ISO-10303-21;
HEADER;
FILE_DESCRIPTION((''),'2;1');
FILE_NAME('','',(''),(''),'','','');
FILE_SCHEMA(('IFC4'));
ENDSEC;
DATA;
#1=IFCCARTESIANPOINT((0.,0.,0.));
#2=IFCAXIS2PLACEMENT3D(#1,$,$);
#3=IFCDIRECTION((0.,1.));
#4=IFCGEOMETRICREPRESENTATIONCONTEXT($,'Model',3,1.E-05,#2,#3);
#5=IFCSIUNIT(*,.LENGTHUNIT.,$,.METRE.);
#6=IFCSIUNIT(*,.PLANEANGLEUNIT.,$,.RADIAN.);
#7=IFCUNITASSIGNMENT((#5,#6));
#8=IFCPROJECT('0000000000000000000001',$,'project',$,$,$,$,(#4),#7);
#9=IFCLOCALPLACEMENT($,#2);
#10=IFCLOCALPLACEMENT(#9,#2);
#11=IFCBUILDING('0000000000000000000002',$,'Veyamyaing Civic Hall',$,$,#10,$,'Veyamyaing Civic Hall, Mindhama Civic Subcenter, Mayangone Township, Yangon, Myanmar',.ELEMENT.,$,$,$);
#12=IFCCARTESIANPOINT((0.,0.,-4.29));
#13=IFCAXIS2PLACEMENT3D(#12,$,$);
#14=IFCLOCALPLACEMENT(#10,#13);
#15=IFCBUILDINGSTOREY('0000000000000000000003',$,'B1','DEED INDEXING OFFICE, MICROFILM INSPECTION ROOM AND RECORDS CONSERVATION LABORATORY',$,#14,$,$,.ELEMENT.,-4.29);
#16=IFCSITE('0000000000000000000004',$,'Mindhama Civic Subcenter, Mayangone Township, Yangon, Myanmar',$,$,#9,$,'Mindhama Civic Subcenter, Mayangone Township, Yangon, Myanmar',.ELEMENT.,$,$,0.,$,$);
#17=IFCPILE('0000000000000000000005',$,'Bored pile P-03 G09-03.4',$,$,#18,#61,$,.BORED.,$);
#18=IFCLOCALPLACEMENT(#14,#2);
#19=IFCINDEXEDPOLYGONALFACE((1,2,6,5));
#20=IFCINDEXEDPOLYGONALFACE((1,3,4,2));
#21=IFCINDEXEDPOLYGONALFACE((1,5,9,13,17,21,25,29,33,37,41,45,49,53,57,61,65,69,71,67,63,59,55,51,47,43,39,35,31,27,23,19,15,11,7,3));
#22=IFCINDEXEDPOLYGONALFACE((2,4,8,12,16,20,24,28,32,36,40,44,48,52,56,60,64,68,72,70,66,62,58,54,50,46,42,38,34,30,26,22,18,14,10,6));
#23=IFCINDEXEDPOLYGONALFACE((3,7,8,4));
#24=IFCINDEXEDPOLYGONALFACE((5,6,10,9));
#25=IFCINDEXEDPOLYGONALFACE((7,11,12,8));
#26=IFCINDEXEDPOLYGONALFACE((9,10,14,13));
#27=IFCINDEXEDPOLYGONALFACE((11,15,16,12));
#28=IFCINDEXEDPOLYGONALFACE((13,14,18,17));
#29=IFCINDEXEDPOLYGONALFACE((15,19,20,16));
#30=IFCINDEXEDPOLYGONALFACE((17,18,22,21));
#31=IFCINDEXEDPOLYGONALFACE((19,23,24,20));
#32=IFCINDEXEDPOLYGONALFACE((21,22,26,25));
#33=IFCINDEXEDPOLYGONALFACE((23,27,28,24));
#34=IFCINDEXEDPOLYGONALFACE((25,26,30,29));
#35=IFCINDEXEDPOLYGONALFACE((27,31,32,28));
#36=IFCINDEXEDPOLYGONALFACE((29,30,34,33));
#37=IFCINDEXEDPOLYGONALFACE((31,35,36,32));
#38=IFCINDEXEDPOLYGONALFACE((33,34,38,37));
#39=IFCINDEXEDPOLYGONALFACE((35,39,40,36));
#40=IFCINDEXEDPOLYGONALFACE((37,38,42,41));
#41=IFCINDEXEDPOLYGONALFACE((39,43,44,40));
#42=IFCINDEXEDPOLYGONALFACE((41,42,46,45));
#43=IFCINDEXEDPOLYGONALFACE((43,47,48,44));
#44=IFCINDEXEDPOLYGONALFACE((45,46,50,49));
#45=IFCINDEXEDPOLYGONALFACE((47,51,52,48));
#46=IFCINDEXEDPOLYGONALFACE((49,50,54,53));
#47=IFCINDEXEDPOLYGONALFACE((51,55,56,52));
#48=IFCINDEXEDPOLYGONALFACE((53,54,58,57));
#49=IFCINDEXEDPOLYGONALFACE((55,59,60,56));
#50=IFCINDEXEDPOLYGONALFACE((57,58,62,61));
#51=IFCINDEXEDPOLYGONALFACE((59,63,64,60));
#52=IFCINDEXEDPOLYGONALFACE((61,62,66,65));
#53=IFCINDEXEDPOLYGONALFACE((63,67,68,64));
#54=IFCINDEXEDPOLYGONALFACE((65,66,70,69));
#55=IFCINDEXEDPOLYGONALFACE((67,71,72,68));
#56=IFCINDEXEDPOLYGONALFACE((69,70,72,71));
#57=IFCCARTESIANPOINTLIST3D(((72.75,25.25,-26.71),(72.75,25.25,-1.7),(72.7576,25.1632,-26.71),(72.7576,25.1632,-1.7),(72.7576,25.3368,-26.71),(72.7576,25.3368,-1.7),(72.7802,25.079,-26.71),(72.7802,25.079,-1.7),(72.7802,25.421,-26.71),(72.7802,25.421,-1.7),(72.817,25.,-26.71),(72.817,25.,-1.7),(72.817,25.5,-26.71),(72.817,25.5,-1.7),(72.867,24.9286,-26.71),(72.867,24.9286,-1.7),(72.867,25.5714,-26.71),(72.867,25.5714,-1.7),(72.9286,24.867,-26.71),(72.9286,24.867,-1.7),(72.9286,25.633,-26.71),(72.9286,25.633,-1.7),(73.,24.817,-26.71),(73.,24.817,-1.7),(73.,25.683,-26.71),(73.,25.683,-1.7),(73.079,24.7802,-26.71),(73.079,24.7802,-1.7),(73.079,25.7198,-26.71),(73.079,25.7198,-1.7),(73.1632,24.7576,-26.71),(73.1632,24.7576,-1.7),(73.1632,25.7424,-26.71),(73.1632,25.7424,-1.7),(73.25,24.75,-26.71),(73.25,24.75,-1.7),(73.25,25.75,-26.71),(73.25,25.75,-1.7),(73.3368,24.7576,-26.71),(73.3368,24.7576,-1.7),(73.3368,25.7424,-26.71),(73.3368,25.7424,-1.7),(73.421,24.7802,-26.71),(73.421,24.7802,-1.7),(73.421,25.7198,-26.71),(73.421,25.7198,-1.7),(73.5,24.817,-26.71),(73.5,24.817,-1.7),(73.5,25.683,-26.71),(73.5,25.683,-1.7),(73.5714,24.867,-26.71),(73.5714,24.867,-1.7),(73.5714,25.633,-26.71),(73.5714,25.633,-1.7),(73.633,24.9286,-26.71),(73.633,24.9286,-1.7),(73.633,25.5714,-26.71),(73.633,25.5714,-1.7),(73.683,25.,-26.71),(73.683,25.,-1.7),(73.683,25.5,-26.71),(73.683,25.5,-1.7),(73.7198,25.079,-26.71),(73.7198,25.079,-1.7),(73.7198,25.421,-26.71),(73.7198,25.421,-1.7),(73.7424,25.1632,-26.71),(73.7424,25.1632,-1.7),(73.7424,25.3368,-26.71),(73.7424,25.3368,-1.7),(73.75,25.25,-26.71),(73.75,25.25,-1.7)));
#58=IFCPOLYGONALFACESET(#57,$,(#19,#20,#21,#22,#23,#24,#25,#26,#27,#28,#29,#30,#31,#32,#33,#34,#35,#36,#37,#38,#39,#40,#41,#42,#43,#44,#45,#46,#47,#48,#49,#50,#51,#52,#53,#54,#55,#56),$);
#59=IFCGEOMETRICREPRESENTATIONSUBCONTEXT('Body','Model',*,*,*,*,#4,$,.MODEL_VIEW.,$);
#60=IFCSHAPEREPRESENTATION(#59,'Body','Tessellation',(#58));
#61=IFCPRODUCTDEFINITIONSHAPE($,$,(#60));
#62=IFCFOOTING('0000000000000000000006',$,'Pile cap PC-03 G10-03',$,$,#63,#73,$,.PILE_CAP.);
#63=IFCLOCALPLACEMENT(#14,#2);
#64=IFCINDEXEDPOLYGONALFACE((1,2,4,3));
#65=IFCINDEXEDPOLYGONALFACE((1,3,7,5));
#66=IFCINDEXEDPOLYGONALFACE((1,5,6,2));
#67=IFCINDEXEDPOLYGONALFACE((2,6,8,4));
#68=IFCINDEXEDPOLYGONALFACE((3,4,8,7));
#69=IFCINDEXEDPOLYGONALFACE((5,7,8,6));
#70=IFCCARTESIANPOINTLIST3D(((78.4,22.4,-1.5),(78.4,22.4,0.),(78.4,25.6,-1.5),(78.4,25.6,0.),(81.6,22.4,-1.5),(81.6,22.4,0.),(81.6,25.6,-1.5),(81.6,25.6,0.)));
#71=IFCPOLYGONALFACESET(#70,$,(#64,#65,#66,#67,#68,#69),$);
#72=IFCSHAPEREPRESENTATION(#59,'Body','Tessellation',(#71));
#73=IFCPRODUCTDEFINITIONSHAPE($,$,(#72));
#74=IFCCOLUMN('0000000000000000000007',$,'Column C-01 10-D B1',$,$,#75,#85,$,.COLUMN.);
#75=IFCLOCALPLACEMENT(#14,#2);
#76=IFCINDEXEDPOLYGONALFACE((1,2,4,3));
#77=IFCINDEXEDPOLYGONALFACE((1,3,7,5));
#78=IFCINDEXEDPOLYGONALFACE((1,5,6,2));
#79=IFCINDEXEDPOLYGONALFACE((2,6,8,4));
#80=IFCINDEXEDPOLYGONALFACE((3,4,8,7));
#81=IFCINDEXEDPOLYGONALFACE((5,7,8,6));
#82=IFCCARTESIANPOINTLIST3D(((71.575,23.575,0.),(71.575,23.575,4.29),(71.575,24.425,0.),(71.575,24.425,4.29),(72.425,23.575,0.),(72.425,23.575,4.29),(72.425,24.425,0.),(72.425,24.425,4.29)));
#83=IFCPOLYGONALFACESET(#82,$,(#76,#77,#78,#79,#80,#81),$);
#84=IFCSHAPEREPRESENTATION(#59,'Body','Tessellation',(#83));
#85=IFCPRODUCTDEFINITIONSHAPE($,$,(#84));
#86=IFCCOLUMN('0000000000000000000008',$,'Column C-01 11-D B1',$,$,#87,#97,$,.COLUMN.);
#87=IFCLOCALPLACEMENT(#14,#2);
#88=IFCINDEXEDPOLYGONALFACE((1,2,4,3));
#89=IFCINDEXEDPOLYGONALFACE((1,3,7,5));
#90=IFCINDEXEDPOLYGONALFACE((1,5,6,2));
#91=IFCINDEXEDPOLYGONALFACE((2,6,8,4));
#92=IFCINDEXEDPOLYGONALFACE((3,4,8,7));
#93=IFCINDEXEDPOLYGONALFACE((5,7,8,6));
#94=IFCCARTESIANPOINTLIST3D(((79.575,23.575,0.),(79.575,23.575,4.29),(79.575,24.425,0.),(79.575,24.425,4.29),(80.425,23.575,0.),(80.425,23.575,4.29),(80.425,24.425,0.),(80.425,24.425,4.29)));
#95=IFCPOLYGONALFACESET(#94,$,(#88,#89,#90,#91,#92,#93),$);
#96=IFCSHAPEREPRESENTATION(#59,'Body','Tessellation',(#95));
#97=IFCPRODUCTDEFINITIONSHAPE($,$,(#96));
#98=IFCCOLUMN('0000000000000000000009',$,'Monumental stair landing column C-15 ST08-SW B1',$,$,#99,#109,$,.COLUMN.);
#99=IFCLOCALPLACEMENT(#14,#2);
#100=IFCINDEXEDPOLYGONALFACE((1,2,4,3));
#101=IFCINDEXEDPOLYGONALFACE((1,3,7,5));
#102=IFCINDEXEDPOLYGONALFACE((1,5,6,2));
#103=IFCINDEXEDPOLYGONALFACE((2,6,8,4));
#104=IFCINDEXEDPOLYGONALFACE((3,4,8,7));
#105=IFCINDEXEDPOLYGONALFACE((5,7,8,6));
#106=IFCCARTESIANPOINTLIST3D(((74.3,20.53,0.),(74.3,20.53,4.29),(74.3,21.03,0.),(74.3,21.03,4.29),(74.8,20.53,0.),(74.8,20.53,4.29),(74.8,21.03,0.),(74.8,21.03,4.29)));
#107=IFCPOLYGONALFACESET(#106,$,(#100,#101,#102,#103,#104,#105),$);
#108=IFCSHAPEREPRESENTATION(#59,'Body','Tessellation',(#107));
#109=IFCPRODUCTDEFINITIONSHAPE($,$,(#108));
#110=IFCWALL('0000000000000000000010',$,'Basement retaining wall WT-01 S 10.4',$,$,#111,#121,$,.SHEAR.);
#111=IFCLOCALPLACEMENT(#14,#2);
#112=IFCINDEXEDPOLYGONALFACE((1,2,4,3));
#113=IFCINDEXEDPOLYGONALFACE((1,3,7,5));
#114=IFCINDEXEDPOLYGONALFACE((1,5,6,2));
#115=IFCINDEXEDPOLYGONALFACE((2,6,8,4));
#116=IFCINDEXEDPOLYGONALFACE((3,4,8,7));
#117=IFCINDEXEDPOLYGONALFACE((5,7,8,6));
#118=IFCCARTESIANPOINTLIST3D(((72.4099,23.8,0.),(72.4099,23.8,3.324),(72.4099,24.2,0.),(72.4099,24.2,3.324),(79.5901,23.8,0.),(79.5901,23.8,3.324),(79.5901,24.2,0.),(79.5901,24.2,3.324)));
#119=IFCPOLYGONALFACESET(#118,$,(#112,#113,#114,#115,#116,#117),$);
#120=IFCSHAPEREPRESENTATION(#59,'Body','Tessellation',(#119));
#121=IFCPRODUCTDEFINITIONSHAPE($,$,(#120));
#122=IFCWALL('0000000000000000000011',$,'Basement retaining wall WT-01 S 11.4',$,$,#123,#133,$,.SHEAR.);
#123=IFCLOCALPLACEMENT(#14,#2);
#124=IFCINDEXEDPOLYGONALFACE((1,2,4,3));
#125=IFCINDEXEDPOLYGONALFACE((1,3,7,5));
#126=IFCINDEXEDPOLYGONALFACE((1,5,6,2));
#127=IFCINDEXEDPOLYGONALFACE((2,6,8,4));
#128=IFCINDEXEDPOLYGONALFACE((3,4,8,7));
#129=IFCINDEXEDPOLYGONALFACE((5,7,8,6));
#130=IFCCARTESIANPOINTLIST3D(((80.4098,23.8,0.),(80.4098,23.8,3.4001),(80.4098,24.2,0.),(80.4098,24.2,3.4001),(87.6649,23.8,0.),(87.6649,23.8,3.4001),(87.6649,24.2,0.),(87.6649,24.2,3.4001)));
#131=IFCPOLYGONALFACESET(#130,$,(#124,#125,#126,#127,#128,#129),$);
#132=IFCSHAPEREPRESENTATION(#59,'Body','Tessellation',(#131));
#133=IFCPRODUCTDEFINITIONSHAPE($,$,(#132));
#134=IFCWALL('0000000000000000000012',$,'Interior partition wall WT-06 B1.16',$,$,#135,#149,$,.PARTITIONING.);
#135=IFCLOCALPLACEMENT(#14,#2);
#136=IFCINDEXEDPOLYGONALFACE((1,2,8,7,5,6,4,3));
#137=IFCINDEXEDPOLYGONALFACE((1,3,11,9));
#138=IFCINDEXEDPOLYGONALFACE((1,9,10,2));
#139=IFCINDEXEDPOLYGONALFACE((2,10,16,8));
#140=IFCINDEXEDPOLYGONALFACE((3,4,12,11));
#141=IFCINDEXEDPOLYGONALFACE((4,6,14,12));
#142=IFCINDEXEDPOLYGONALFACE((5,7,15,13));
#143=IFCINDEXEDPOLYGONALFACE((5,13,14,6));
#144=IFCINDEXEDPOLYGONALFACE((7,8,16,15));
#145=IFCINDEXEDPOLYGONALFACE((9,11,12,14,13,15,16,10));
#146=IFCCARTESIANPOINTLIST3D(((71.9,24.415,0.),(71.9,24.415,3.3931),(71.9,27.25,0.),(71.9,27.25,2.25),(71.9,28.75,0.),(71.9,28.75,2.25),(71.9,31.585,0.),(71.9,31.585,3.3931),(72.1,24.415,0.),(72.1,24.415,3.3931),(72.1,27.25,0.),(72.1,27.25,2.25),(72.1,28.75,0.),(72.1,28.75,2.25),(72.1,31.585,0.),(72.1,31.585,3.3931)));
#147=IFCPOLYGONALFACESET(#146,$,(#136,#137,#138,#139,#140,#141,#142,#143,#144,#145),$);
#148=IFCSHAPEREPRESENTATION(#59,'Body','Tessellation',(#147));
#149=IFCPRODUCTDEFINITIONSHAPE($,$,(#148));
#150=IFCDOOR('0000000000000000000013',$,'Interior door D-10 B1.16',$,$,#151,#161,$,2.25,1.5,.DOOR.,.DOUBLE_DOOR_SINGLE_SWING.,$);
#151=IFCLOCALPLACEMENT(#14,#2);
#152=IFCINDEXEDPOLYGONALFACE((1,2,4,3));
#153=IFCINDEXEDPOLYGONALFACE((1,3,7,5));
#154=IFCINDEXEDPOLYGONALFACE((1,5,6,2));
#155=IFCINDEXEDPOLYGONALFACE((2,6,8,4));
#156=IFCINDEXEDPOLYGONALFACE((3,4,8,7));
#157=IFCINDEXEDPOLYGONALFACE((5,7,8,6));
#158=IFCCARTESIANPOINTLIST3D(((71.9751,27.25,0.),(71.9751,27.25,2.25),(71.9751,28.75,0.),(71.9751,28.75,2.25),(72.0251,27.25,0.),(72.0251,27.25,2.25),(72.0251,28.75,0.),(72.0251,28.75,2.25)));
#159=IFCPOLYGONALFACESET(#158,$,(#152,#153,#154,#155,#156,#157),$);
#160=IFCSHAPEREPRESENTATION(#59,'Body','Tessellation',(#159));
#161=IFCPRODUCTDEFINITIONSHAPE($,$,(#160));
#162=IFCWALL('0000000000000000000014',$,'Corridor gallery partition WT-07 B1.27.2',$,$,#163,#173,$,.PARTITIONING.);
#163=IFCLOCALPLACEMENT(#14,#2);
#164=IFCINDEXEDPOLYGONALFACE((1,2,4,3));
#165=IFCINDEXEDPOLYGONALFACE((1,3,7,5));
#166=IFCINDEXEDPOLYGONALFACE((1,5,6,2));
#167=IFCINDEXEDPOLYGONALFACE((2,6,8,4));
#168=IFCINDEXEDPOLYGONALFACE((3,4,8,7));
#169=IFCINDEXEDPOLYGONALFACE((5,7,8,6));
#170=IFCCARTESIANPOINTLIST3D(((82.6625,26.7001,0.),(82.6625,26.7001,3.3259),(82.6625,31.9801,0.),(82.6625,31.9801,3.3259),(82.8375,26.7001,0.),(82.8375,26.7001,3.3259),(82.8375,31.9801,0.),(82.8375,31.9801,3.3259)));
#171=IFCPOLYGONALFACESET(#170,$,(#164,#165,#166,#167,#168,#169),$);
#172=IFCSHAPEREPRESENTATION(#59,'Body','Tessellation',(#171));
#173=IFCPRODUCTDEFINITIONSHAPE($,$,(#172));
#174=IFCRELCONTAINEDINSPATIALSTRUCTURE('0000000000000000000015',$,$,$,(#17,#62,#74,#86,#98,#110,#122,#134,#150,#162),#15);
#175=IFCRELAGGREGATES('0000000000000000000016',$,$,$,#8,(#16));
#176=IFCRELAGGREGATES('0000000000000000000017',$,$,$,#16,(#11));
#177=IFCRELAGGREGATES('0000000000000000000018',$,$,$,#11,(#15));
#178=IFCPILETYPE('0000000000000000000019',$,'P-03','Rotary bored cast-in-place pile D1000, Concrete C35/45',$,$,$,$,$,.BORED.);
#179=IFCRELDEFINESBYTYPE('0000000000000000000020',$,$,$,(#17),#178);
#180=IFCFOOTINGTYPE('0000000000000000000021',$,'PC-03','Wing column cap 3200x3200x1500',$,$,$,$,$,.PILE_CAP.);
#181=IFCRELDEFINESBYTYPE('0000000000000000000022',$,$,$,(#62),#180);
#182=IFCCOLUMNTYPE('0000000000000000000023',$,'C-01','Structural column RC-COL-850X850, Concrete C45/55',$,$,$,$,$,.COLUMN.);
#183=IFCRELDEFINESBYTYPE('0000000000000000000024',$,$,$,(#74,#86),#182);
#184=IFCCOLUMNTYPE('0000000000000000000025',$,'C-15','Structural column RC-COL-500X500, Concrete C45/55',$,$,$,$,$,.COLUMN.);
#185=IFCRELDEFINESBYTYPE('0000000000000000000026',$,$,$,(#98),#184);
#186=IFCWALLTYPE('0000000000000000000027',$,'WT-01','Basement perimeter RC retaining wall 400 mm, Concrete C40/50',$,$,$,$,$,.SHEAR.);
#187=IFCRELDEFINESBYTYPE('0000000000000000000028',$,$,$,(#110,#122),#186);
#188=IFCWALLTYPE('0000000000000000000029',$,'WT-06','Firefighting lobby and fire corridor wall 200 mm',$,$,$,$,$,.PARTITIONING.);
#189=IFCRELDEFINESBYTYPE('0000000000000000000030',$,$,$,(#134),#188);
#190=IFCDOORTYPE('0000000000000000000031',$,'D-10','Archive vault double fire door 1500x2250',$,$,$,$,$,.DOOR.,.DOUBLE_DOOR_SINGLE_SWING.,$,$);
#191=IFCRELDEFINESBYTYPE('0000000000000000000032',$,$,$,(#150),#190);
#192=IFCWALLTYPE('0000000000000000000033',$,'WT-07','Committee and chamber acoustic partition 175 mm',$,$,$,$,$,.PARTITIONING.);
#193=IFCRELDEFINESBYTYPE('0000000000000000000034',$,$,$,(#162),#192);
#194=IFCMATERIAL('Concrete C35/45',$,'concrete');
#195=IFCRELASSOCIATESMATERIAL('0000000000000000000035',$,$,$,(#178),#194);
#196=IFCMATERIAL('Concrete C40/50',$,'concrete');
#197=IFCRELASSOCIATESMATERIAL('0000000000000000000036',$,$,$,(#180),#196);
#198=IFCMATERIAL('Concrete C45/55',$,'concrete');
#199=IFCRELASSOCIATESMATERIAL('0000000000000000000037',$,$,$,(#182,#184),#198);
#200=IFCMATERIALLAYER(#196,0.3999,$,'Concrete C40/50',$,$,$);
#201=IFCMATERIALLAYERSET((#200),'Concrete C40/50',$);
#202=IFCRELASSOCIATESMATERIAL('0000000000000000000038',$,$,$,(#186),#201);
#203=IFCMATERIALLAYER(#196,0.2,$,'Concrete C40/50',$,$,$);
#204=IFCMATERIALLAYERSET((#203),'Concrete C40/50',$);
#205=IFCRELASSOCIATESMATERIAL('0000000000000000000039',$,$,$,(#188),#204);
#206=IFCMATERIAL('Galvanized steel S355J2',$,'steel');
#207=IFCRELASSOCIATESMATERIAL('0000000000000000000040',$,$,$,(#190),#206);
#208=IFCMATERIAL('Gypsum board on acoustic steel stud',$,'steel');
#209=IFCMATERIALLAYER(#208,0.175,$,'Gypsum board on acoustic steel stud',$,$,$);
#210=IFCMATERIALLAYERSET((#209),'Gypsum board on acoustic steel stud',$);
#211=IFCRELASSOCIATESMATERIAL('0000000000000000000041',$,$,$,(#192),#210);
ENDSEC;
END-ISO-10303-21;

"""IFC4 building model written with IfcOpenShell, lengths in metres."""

from ifc_helpers import new_model, si_unit, direction, frame, frame_2d, origin, origin_2d, place, context, subcontext, project, spatial, rectangle, circle, extrude, material, layer, layer_set, material_profile, profile_set, type_object, element, fill, save


model = new_model("IFC4")

# Units and contexts
model_context = context("Model", 3, precision=1e-05, world=origin(), true_north=direction((0.0, 1.0)))
body_context = subcontext(model_context, "Body", "Model", "MODEL_VIEW")
ifc_project = project(units=[si_unit("LENGTHUNIT", "METRE"), si_unit("PLANEANGLEUNIT", "RADIAN")], contexts=[model_context])

# Site, building, storey
site_placement = place(None, origin())
site = spatial("IfcSite", under=ifc_project, at=site_placement, Name="Mindhama Civic Subcenter, Mayangone Township, Yangon, Myanmar", LongName="Mindhama Civic Subcenter, Mayangone Township, Yangon, Myanmar", CompositionType="ELEMENT", RefElevation=0.0)
building_placement = place(site_placement, origin())
building = spatial("IfcBuilding", under=site, at=building_placement, Name="Veyamyaing Civic Hall", LongName="Veyamyaing Civic Hall, Mindhama Civic Subcenter, Mayangone Township, Yangon, Myanmar", CompositionType="ELEMENT")
storey_placement = place(building_placement, frame((0.0, 0.0, -4.29)))
storey = spatial("IfcBuildingStorey", under=building, at=storey_placement, Name="B1", Description="DEED INDEXING OFFICE, MICROFILM INSPECTION ROOM AND RECORDS CONSERVATION LABORATORY", CompositionType="ELEMENT", Elevation=-4.29)

# Shared definitions
ifc_material_1 = material(Name="Concrete C40/50", Category="concrete")

# Pile
ifc_material_2 = material(Name="Concrete C35/45", Category="concrete")
ifc_material_profile_1 = material_profile(ifc_material_2, circle(Radius=0.5, at=origin_2d()), Name="PILE-D1000")
ifc_profile_set_1 = profile_set([ifc_material_profile_1], Name="Concrete C35/45")
pile_type_1 = type_object("IfcPileType", Name="P-03", Description="Rotary bored cast-in-place pile D1000, Concrete C35/45", PredefinedType="BORED", material=ifc_profile_set_1)
for number, where, z_axis, x_axis, name in (
    (1, (73.25, 25.25, -1.7), (0.0, 0.0, -1.0), (1.0, 0.0, 0.0), "Bored pile P-03 G09-03.4"),
):
    element("IfcPile", number, at=place(storey_placement, frame(where, z_axis=z_axis, x_axis=x_axis)), inside=storey, type_object=pile_type_1, Name=name, PredefinedType="BORED", context=body_context, shape_type="SweptSolid", body=[
        extrude(circle(Radius=0.5, at=origin_2d()), origin(), (0.0, 0.0, 1.0), 25.01),
    ])

# Footing
footing_type_1 = type_object("IfcFootingType", Name="PC-03", Description="Wing column cap 3200x3200x1500", PredefinedType="PILE_CAP", material=ifc_material_1)
footing_1_placement = place(storey_placement, frame((80.0, 24.0, -1.5), z_axis=(0.0, 0.0, 1.0), x_axis=(1.0, 0.0, 0.0)))
element("IfcFooting", 2, at=footing_1_placement, inside=storey, type_object=footing_type_1, Name="Pile cap PC-03 G10-03", PredefinedType="PILE_CAP", context=body_context, shape_type="SweptSolid", body=[
    extrude(rectangle(XDim=3.2, YDim=3.2, at=origin_2d()), origin(), (0.0, 0.0, 1.0), 1.5),
])

# Columns
ifc_material_3 = material(Name="Concrete C45/55", Category="concrete")
ifc_material_profile_2 = material_profile(ifc_material_3, rectangle(XDim=0.8501, YDim=0.8501, at=origin_2d()), Name="RC-COL-850X850")
ifc_profile_set_2 = profile_set([ifc_material_profile_2], Name="Concrete C45/55")
column_type_1 = type_object("IfcColumnType", Name="C-01", Description="Structural column RC-COL-850X850, Concrete C45/55", PredefinedType="COLUMN", material=ifc_profile_set_2)
for number, where, z_axis, x_axis, name in (
    (3, (72.0, 24.0, 0.0), (0.0, 0.0, 1.0), (1.0, 0.0, 0.0), "Column C-01 10-D B1"),
    (4, (80.0, 24.0, 0.0), (0.0, 0.0, 1.0), (1.0, 0.0, 0.0), "Column C-01 11-D B1"),
):
    element("IfcColumn", number, at=place(storey_placement, frame(where, z_axis=z_axis, x_axis=x_axis)), inside=storey, type_object=column_type_1, Name=name, PredefinedType="COLUMN", context=body_context, shape_type="SweptSolid", body=[
        extrude(rectangle(XDim=0.8501, YDim=0.8501, at=origin_2d()), origin(), (0.0, 0.0, 1.0), 4.29),
    ])
ifc_material_profile_3 = material_profile(ifc_material_3, rectangle(XDim=0.5, YDim=0.5, at=origin_2d()), Name="RC-COL-500X500")
ifc_profile_set_3 = profile_set([ifc_material_profile_3], Name="Concrete C45/55")
column_type_2 = type_object("IfcColumnType", Name="C-15", Description="Structural column RC-COL-500X500, Concrete C45/55", PredefinedType="COLUMN", material=ifc_profile_set_3)
column_placement = place(storey_placement, frame((74.55, 20.78, 0.0), z_axis=(0.0, 0.0, 1.0), x_axis=(1.0, 0.0, 0.0)))
element("IfcColumn", 5, at=column_placement, inside=storey, type_object=column_type_2, Name="Monumental stair landing column C-15 ST08-SW B1", PredefinedType="COLUMN", context=body_context, shape_type="SweptSolid", body=[
    extrude(rectangle(XDim=0.5, YDim=0.5, at=origin_2d()), origin(), (0.0, 0.0, 1.0), 4.29),
])

# Walls
ifc_layer_1 = layer(ifc_material_1, 0.3999, Name="Concrete C40/50")
ifc_layer_set_1 = layer_set([ifc_layer_1], Name="Concrete C40/50")
wall_type_1 = type_object("IfcWallType", Name="WT-01", Description="Basement perimeter RC retaining wall 400 mm, Concrete C40/50", PredefinedType="SHEAR", material=ifc_layer_set_1)
wall_1_placement = place(storey_placement, frame((72.4099, 24.0, 0.0), z_axis=(0.0, 0.0, 1.0), x_axis=(1.0, 0.0, 0.0)))
element("IfcWall", 6, at=wall_1_placement, inside=storey, type_object=wall_type_1, Name="Basement retaining wall WT-01 S 10.4", PredefinedType="SHEAR", context=body_context, shape_type="SweptSolid", body=[
    extrude(rectangle(XDim=7.1802, YDim=0.3999, at=frame_2d((3.5901, 0.0))), origin(), (0.0, 0.0, 1.0), 3.324),
])
wall_2_placement = place(storey_placement, frame((80.4099, 24.0, 0.0), z_axis=(0.0, 0.0, 1.0), x_axis=(1.0, 0.0, 0.0)))
element("IfcWall", 7, at=wall_2_placement, inside=storey, type_object=wall_type_1, Name="Basement retaining wall WT-01 S 11.4", PredefinedType="SHEAR", context=body_context, shape_type="SweptSolid", body=[
    extrude(rectangle(XDim=7.2551, YDim=0.3999, at=frame_2d((3.6274, 0.0))), origin(), (0.0, 0.0, 1.0), 3.4001),
])

# Wall, opening, door
ifc_layer_2 = layer(ifc_material_1, 0.2, Name="Concrete C40/50")
ifc_layer_set_2 = layer_set([ifc_layer_2], Name="Concrete C40/50")
wall_type_2 = type_object("IfcWallType", Name="WT-06", Description="Firefighting lobby and fire corridor wall 200 mm", PredefinedType="PARTITIONING", material=ifc_layer_set_2)
wall_3_placement = place(storey_placement, frame((72.0, 24.415, 0.0), z_axis=(0.0, 0.0, 1.0), x_axis=(0.0, 1.0, 0.0)))
wall_3 = element("IfcWall", 8, at=wall_3_placement, inside=storey, type_object=wall_type_2, Name="Interior partition wall WT-06 B1.16", PredefinedType="PARTITIONING", context=body_context, shape_type="SweptSolid", body=[
    extrude(rectangle(XDim=7.1699, YDim=0.2, at=frame_2d((3.585, 0.0))), origin(), (0.0, 0.0, 1.0), 3.3931),
])
opening_placement = place(wall_3_placement, frame((2.835, 0.0, 0.0)))
opening = element("IfcOpeningElement", 9, at=opening_placement, cuts=wall_3, PredefinedType="OPENING", context=body_context, shape_type="SweptSolid", body=[
    extrude(rectangle(XDim=1.5, YDim=2.25, at=frame_2d((0.75, 1.125))), frame((0.0, 0.1099, 0.0), z_axis=(0.0, -1.0, 0.0), x_axis=(1.0, 0.0, 0.0)), (0.0, 0.0, 1.0), 0.22),
])
ifc_material_4 = material(Name="Galvanized steel S355J2", Category="steel")
door_type = type_object("IfcDoorType", Name="D-10", Description="Archive vault double fire door 1500x2250", OperationType="DOUBLE_DOOR_SINGLE_SWING", PredefinedType="DOOR", material=ifc_material_4)
door_placement = place(opening_placement, origin())
door = element("IfcDoor", 10, at=door_placement, inside=storey, type_object=door_type, Name="Interior door D-10 B1.16", OperationType="DOUBLE_DOOR_SINGLE_SWING", OverallHeight=2.25, OverallWidth=1.5, PredefinedType="DOOR", context=body_context, shape_type="SweptSolid", body=[
    extrude(rectangle(XDim=1.5, YDim=2.25, at=frame_2d((0.75, 1.125))), frame((0.0, 0.0249, 0.0), z_axis=(0.0, -1.0, 0.0), x_axis=(1.0, 0.0, 0.0)), (0.0, 0.0, 1.0), 0.05),
])
fill(opening, door)

# Wall
ifc_material_5 = material(Name="Gypsum board on acoustic steel stud", Category="steel")
ifc_layer_3 = layer(ifc_material_5, 0.175, Name="Gypsum board on acoustic steel stud")
ifc_layer_set_3 = layer_set([ifc_layer_3], Name="Gypsum board on acoustic steel stud")
wall_type_3 = type_object("IfcWallType", Name="WT-07", Description="Committee and chamber acoustic partition 175 mm", PredefinedType="PARTITIONING", material=ifc_layer_set_3)
wall_4_placement = place(storey_placement, frame((82.75, 26.7, 0.0), z_axis=(0.0, 0.0, 1.0), x_axis=(0.0, 1.0, 0.0)))
element("IfcWall", 11, at=wall_4_placement, inside=storey, type_object=wall_type_3, Name="Corridor gallery partition WT-07 B1.27.2", PredefinedType="PARTITIONING", context=body_context, shape_type="SweptSolid", body=[
    extrude(rectangle(XDim=5.28, YDim=0.175, at=frame_2d((2.6401, 0.0))), origin(), (0.0, 0.0, 1.0), 3.3259),
])

save(model, "model.ifc")
